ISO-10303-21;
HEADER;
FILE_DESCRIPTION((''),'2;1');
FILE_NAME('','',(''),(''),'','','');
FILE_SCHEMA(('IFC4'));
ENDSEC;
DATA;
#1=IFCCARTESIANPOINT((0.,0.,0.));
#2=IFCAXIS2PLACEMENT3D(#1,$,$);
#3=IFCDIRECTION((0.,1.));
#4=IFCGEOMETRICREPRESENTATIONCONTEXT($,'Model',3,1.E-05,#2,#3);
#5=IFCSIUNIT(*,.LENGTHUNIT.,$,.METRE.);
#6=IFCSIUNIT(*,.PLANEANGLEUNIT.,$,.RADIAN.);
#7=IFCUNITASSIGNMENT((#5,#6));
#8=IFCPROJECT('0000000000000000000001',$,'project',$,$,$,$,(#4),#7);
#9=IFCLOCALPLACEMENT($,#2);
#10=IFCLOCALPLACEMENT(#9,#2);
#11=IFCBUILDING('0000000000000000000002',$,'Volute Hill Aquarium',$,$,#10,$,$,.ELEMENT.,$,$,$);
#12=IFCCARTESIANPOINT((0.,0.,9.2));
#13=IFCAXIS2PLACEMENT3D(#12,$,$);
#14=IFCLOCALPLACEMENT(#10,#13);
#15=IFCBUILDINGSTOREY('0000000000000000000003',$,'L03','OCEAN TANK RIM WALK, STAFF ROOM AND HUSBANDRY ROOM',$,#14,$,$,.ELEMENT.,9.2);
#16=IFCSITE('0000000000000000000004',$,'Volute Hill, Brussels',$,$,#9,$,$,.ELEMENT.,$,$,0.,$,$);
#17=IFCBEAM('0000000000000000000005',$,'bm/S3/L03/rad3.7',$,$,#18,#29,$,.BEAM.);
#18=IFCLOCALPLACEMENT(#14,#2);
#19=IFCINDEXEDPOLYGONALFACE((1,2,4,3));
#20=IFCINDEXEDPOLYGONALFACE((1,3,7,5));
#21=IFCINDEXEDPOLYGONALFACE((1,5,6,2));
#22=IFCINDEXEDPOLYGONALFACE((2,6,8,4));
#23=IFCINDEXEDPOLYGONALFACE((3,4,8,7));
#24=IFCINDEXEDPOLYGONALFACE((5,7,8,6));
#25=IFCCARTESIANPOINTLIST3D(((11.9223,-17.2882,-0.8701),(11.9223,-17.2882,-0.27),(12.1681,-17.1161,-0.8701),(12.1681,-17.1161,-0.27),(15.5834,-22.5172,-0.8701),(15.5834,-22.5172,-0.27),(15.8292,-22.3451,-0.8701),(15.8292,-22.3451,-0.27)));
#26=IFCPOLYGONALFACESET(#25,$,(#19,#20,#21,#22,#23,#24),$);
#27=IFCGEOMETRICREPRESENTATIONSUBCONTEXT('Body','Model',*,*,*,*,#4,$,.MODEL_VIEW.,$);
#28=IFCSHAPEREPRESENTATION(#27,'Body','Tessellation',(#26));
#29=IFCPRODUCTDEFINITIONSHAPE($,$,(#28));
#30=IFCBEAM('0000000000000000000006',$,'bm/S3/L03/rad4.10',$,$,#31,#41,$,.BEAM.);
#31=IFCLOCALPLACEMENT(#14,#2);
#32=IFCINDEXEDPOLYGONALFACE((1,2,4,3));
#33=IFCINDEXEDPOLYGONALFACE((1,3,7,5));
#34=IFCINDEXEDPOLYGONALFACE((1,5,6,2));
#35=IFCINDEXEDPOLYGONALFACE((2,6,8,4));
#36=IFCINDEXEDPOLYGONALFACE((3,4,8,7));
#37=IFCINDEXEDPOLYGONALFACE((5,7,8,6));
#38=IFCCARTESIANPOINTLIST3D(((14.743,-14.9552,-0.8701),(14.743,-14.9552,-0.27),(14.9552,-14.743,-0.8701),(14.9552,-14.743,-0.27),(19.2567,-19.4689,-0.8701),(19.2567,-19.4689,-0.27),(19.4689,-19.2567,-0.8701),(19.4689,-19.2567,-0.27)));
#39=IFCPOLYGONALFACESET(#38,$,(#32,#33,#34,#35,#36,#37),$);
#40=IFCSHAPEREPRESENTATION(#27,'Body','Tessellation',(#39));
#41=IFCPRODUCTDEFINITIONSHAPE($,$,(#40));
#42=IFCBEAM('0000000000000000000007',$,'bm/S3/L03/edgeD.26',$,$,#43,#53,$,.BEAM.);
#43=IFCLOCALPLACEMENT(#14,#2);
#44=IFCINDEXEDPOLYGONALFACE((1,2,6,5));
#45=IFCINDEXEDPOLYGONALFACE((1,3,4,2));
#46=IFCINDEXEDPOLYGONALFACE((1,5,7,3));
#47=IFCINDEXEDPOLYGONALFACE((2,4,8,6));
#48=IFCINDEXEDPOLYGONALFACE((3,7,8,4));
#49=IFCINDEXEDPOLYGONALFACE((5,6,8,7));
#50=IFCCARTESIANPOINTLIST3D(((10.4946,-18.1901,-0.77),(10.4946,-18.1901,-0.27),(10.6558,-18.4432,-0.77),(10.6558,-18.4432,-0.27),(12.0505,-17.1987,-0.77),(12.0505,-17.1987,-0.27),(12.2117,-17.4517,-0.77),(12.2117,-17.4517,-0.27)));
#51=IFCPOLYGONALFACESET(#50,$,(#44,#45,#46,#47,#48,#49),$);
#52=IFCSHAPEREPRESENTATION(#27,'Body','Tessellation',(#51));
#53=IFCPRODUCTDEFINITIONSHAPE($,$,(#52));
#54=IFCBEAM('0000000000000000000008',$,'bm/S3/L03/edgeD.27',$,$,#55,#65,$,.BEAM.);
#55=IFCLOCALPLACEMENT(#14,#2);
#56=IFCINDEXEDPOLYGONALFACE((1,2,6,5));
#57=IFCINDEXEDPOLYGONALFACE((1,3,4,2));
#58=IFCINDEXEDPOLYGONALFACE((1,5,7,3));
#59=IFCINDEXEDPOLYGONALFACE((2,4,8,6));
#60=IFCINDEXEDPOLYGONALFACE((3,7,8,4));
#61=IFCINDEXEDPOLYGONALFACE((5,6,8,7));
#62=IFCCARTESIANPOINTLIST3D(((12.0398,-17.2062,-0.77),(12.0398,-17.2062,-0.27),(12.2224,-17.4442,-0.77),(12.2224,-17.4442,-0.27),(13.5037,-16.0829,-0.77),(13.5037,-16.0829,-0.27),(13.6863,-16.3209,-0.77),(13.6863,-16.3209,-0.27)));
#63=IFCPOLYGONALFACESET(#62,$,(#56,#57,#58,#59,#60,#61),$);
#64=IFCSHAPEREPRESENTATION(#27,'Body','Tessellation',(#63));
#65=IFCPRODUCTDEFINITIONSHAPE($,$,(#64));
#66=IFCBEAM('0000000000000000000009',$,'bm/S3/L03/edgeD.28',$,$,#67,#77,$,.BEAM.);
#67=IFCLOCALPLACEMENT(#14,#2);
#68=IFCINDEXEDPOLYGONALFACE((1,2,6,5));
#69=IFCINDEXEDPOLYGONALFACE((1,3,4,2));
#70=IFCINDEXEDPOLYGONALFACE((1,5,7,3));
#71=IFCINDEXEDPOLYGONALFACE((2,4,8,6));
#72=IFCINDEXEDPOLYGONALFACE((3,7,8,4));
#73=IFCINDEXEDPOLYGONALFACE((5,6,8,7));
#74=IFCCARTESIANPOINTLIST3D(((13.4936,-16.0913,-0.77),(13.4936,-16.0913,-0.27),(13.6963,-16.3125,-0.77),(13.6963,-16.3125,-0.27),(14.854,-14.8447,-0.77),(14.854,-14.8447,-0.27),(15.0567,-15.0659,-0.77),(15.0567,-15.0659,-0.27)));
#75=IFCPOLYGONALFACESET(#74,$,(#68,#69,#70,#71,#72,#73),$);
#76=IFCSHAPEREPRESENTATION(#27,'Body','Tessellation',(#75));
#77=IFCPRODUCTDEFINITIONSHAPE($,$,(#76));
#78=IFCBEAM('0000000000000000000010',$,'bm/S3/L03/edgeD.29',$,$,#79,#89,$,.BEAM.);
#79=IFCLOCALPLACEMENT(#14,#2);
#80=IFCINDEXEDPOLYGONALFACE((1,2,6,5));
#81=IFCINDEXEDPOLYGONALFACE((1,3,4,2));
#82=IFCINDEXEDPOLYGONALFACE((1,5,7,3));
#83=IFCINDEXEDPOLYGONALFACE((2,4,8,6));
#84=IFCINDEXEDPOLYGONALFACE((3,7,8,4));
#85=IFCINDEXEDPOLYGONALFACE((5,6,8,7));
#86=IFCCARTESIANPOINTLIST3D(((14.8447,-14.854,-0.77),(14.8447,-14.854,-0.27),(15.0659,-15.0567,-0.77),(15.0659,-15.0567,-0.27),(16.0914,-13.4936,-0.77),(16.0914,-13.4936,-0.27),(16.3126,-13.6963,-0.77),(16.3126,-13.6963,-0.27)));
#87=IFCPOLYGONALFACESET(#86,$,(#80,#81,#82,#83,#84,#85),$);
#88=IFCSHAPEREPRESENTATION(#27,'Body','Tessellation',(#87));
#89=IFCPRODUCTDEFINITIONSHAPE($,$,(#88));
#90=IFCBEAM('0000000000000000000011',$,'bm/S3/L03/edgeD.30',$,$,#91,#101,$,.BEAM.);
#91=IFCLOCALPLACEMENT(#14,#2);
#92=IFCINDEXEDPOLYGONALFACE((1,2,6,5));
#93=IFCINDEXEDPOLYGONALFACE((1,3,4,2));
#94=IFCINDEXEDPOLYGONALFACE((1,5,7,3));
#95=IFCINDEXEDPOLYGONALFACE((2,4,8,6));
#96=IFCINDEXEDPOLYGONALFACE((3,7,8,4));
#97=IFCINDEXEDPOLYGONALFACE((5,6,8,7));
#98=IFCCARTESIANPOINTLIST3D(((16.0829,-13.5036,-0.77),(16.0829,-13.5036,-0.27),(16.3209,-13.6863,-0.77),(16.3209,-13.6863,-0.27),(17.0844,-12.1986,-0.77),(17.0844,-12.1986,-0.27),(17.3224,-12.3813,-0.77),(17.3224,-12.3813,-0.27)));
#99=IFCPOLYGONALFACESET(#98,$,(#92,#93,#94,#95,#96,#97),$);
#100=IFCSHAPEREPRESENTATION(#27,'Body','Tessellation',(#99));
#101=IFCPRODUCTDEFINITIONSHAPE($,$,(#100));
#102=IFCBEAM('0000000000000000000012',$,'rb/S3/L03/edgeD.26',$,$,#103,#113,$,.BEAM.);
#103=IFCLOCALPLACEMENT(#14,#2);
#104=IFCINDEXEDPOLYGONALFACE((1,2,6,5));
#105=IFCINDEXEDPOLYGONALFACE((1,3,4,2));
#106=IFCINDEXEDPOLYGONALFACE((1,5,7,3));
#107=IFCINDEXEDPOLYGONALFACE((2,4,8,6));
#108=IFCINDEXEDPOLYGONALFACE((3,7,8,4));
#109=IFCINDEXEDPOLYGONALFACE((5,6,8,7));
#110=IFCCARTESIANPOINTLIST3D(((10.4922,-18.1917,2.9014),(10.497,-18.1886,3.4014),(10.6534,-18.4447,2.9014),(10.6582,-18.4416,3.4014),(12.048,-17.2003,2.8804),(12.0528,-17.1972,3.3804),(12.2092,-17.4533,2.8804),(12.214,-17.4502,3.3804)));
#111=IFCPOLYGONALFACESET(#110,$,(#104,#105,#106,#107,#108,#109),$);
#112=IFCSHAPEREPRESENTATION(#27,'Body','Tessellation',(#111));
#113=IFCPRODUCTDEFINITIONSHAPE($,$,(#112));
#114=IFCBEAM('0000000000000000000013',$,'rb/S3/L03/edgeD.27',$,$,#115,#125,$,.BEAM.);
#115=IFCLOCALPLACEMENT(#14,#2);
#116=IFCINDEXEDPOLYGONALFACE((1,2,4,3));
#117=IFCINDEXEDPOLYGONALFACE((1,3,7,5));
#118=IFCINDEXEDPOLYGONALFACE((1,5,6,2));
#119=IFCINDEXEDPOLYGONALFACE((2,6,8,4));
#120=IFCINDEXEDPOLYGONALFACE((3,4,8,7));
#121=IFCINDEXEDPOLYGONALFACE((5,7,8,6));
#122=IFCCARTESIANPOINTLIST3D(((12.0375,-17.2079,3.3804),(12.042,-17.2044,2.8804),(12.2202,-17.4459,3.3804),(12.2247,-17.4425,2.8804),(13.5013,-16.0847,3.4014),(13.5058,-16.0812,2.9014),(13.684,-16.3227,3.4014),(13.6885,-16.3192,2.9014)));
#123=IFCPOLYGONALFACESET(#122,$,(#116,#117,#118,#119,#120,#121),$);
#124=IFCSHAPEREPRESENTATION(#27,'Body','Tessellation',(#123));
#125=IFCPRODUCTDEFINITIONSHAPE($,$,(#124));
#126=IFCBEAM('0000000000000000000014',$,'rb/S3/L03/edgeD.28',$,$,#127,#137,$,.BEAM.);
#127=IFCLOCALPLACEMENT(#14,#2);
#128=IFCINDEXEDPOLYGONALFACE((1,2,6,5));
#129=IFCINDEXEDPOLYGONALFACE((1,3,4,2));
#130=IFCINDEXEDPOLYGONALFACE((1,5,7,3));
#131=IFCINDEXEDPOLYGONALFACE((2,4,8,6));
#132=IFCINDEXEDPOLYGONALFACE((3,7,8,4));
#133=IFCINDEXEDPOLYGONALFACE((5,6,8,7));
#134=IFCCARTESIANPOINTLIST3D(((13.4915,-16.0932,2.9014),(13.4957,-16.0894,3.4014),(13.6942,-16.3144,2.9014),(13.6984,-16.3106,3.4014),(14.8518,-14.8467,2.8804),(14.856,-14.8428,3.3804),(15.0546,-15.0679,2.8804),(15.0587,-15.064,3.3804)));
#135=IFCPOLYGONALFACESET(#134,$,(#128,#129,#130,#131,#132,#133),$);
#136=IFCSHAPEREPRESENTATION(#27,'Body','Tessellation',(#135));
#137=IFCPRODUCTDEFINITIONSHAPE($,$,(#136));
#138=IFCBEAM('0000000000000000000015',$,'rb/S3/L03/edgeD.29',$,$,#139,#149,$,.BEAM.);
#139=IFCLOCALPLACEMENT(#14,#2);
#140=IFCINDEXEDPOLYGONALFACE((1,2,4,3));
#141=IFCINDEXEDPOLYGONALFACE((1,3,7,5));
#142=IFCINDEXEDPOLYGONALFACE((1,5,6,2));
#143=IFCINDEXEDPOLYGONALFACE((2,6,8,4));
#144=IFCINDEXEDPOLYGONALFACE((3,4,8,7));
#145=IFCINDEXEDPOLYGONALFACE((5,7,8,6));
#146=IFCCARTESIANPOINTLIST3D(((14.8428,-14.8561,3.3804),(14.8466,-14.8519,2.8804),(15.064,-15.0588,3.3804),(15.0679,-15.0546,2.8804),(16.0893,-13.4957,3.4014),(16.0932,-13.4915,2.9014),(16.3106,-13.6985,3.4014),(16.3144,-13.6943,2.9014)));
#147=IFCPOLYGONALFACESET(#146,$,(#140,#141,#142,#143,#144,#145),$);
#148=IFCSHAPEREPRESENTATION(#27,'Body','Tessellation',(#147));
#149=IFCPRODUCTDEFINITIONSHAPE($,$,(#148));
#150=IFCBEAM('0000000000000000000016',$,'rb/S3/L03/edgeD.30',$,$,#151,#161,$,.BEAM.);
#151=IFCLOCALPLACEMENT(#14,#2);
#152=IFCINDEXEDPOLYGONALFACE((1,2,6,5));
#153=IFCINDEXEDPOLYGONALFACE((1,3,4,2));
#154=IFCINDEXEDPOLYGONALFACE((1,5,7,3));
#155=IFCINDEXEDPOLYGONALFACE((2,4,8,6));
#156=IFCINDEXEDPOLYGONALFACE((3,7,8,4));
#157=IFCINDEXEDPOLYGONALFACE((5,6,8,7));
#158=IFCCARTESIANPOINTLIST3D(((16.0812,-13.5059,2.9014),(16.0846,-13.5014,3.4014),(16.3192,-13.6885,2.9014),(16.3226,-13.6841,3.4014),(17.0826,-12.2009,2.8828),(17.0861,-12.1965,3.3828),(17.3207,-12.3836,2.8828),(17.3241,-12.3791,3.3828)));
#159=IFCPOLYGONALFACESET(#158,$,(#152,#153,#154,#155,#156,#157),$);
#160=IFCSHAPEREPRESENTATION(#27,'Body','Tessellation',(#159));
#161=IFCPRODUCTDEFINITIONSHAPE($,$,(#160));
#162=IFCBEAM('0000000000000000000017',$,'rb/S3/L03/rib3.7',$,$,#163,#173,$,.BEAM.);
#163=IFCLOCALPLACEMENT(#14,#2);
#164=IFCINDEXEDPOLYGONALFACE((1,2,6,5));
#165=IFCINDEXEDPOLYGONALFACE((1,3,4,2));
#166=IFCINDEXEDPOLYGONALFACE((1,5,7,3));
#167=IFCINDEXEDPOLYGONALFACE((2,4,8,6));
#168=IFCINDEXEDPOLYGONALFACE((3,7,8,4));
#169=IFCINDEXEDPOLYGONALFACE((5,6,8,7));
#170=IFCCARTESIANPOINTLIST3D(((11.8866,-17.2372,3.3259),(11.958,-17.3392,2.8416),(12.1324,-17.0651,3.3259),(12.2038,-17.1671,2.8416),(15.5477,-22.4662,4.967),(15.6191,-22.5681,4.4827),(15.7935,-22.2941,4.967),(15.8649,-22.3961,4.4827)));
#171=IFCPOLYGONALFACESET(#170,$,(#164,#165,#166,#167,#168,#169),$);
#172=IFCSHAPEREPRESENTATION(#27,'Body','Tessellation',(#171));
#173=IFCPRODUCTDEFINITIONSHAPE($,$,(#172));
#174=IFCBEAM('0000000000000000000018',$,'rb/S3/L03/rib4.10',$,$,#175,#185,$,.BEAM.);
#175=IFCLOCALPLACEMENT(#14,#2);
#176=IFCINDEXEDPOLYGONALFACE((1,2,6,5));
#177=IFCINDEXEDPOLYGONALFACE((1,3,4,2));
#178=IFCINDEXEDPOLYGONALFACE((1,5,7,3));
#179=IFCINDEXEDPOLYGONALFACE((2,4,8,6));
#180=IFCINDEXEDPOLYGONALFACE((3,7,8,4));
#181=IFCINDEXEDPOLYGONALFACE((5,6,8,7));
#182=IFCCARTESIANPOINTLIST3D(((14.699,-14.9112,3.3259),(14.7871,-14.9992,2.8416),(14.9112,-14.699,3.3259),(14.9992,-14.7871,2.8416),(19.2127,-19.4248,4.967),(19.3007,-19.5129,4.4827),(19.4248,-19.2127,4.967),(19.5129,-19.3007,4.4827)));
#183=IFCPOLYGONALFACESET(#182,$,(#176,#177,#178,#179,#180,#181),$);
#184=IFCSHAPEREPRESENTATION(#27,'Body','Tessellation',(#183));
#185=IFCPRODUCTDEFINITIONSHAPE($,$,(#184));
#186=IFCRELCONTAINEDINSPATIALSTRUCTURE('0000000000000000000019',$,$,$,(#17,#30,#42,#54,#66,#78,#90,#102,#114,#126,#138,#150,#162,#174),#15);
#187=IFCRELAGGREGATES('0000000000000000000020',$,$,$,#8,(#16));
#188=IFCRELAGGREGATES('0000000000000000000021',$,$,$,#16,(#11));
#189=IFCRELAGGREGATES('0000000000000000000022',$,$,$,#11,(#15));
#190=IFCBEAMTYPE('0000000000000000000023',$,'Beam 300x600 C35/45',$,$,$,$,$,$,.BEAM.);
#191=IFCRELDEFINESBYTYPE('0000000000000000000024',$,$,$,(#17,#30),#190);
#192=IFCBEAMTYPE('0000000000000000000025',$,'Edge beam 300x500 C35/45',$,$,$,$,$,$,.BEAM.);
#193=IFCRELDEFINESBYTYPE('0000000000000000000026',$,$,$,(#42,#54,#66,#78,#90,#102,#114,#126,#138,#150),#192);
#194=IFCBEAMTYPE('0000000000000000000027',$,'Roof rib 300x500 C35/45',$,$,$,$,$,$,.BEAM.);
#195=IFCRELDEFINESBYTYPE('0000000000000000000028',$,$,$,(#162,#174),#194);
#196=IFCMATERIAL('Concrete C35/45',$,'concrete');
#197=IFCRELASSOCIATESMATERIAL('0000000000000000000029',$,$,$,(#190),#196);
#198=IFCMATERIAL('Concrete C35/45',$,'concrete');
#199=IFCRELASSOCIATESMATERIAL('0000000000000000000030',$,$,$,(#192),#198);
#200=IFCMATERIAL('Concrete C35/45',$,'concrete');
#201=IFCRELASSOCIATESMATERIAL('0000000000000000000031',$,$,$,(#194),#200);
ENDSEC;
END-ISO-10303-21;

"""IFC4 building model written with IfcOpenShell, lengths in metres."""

from ifc_helpers import new_model, si_unit, direction, frame, origin, origin_2d, place, context, subcontext, project, spatial, rectangle, extrude, material, material_profile, profile_set, type_object, element, save


model = new_model("IFC4")

# Units and contexts
model_context = context("Model", 3, precision=1e-05, world=origin(), true_north=direction((0.0, 1.0)))
body_context = subcontext(model_context, "Body", "Model", "MODEL_VIEW")
ifc_project = project(units=[si_unit("LENGTHUNIT", "METRE"), si_unit("PLANEANGLEUNIT", "RADIAN")], contexts=[model_context])

# Site, building, storey
site_placement = place(None, origin())
site = spatial("IfcSite", under=ifc_project, at=site_placement, Name="Volute Hill, Brussels", CompositionType="ELEMENT", RefElevation=0.0)
building_placement = place(site_placement, origin())
building = spatial("IfcBuilding", under=site, at=building_placement, Name="Volute Hill Aquarium", CompositionType="ELEMENT")
storey_placement = place(building_placement, frame((0.0, 0.0, 9.2)))
storey = spatial("IfcBuildingStorey", under=building, at=storey_placement, Name="L03", Description="OCEAN TANK RIM WALK, STAFF ROOM AND HUSBANDRY ROOM", CompositionType="ELEMENT", Elevation=9.2)

# Beams
ifc_material_1 = material(Name="Concrete C35/45", Category="concrete")
ifc_material_profile_1 = material_profile(ifc_material_1, rectangle(XDim=0.3, YDim=0.6001, at=origin_2d()), Name="RC beam 300x600")
ifc_profile_set_1 = profile_set([ifc_material_profile_1], Name="Concrete C35/45")
beam_type_1 = type_object("IfcBeamType", Name="Beam 300x600 C35/45", PredefinedType="BEAM", material=ifc_profile_set_1)
for number, where, z_axis, x_axis, name in (
    (1, (12.0452, -17.2021, -0.5701), (0.57355, -0.819171, 0.0), (0.819171, 0.57355, 0.0), "bm/S3/L03/rad3.7"),
    (2, (14.8491, -14.8491, -0.5701), (0.707107, -0.707107, 0.0), (0.707107, 0.707107, 0.0), "bm/S3/L03/rad4.10"),
):
    element("IfcBeam", number, at=place(storey_placement, frame(where, z_axis=z_axis, x_axis=x_axis)), inside=storey, type_object=beam_type_1, Name=name, PredefinedType="BEAM", context=body_context, shape_type="SweptSolid", body=[
        extrude(rectangle(XDim=0.3, YDim=0.6001, at=origin_2d()), origin(), (0.0, 0.0, 1.0), 6.3833),
    ])
ifc_material_2 = material(Name="Concrete C35/45", Category="concrete")
ifc_material_profile_2 = material_profile(ifc_material_2, rectangle(XDim=0.3, YDim=0.5, at=origin_2d()), Name="RC edge beam 300x500")
ifc_profile_set_2 = profile_set([ifc_material_profile_2], Name="Concrete C35/45")
beam_type_2 = type_object("IfcBeamType", Name="Edge beam 300x500 C35/45", PredefinedType="BEAM", material=ifc_profile_set_2)
beam_1_placement = place(storey_placement, frame((10.5752, -18.3167, -0.52), z_axis=(0.843334, 0.537389, 0.0), x_axis=(-0.537389, 0.843334, 0.0)))
element("IfcBeam", 3, at=beam_1_placement, inside=storey, type_object=beam_type_2, Name="bm/S3/L03/edgeD.26", PredefinedType="BEAM", context=body_context, shape_type="SweptSolid", body=[
    extrude(rectangle(XDim=0.3, YDim=0.5, at=origin_2d()), origin(), (0.0, 0.0, 1.0), 1.845),
])
for number, where, z_axis, x_axis, name in (
    (4, (12.1311, -17.3252, -0.52), (0.793346, 0.60877, 0.0), (-0.60877, 0.793346, 0.0), "bm/S3/L03/edgeD.27"),
    (5, (13.595, -16.2019, -0.52), (0.737264, 0.675605, 0.0), (-0.675605, 0.737264, 0.0), "bm/S3/L03/edgeD.28"),
    (6, (14.9553, -14.9553, -0.52), (0.675605, 0.737264, 0.0), (-0.737264, 0.675605, 0.0), "bm/S3/L03/edgeD.29"),
):
    element("IfcBeam", number, at=place(storey_placement, frame(where, z_axis=z_axis, x_axis=x_axis)), inside=storey, type_object=beam_type_2, Name=name, PredefinedType="BEAM", context=body_context, shape_type="SweptSolid", body=[
        extrude(rectangle(XDim=0.3, YDim=0.5, at=origin_2d()), origin(), (0.0, 0.0, 1.0), 1.8452),
    ])
beam_2_placement = place(storey_placement, frame((16.2019, -13.595, -0.52), z_axis=(0.608821, 0.793308, 0.0), x_axis=(-0.793308, 0.608821, 0.0)))
element("IfcBeam", 7, at=beam_2_placement, inside=storey, type_object=beam_type_2, Name="bm/S3/L03/edgeD.30", PredefinedType="BEAM", context=body_context, shape_type="SweptSolid", body=[
    extrude(rectangle(XDim=0.3, YDim=0.5, at=origin_2d()), origin(), (0.0, 0.0, 1.0), 1.645),
])
beam_3_placement = place(storey_placement, frame((10.5752, -18.3167, 3.1514), z_axis=(0.84328, 0.537354, -0.01138), x_axis=(-0.537389, 0.843334, 0.0)))
element("IfcBeam", 8, at=beam_3_placement, inside=storey, type_object=beam_type_2, Name="rb/S3/L03/edgeD.26", PredefinedType="BEAM", context=body_context, shape_type="SweptSolid", body=[
    extrude(rectangle(XDim=0.3, YDim=0.5, at=origin_2d()), origin(), (0.0, 0.0, 1.0), 1.845),
])
for number, where, z_axis, x_axis, name in (
    (9, (12.1311, -17.3252, 3.1304), (0.793295, 0.608731, 0.011378), (-0.60877, 0.793346, 0.0), "rb/S3/L03/edgeD.27"),
    (10, (13.595, -16.2019, 3.1514), (0.737216, 0.675561, -0.011378), (-0.675605, 0.737264, 0.0), "rb/S3/L03/edgeD.28"),
    (11, (14.9553, -14.9553, 3.1304), (0.675561, 0.737216, 0.011378), (-0.737264, 0.675605, 0.0), "rb/S3/L03/edgeD.29"),
):
    element("IfcBeam", number, at=place(storey_placement, frame(where, z_axis=z_axis, x_axis=x_axis)), inside=storey, type_object=beam_type_2, Name=name, PredefinedType="BEAM", context=body_context, shape_type="SweptSolid", body=[
        extrude(rectangle(XDim=0.3, YDim=0.5, at=origin_2d()), origin(), (0.0, 0.0, 1.0), 1.8452),
    ])
beam_4_placement = place(storey_placement, frame((16.2019, -13.595, 3.1514), z_axis=(0.608782, 0.793257, -0.011279), x_axis=(-0.793308, 0.608821, 0.0)))
element("IfcBeam", 12, at=beam_4_placement, inside=storey, type_object=beam_type_2, Name="rb/S3/L03/edgeD.30", PredefinedType="BEAM", context=body_context, shape_type="SweptSolid", body=[
    extrude(rectangle(XDim=0.3, YDim=0.5, at=origin_2d()), origin(), (0.0, 0.0, 1.0), 1.645),
])
ifc_material_3 = material(Name="Concrete C35/45", Category="concrete")
ifc_material_profile_3 = material_profile(ifc_material_3, rectangle(XDim=0.3, YDim=0.5, at=origin_2d()), Name="RC rib 300x500")
ifc_profile_set_3 = profile_set([ifc_material_profile_3], Name="Concrete C35/45")
beam_type_3 = type_object("IfcBeamType", Name="Roof rib 300x500 C35/45", PredefinedType="BEAM", material=ifc_profile_set_3)
for number, where, z_axis, x_axis, name in (
    (13, (12.0452, -17.2021, 3.0837), (0.555485, -0.79337, 0.248998), (0.819171, 0.57355, 0.0), "rb/S3/L03/rib3.7"),
    (14, (14.8491, -14.8491, 3.0837), (0.684836, -0.684836, 0.248998), (0.707107, 0.707107, 0.0), "rb/S3/L03/rib4.10"),
):
    element("IfcBeam", number, at=place(storey_placement, frame(where, z_axis=z_axis, x_axis=x_axis)), inside=storey, type_object=beam_type_3, Name=name, PredefinedType="BEAM", context=body_context, shape_type="SweptSolid", body=[
        extrude(rectangle(XDim=0.3, YDim=0.5, at=origin_2d()), origin(), (0.0, 0.0, 1.0), 6.5908),
    ])

save(model, "model.ifc")
